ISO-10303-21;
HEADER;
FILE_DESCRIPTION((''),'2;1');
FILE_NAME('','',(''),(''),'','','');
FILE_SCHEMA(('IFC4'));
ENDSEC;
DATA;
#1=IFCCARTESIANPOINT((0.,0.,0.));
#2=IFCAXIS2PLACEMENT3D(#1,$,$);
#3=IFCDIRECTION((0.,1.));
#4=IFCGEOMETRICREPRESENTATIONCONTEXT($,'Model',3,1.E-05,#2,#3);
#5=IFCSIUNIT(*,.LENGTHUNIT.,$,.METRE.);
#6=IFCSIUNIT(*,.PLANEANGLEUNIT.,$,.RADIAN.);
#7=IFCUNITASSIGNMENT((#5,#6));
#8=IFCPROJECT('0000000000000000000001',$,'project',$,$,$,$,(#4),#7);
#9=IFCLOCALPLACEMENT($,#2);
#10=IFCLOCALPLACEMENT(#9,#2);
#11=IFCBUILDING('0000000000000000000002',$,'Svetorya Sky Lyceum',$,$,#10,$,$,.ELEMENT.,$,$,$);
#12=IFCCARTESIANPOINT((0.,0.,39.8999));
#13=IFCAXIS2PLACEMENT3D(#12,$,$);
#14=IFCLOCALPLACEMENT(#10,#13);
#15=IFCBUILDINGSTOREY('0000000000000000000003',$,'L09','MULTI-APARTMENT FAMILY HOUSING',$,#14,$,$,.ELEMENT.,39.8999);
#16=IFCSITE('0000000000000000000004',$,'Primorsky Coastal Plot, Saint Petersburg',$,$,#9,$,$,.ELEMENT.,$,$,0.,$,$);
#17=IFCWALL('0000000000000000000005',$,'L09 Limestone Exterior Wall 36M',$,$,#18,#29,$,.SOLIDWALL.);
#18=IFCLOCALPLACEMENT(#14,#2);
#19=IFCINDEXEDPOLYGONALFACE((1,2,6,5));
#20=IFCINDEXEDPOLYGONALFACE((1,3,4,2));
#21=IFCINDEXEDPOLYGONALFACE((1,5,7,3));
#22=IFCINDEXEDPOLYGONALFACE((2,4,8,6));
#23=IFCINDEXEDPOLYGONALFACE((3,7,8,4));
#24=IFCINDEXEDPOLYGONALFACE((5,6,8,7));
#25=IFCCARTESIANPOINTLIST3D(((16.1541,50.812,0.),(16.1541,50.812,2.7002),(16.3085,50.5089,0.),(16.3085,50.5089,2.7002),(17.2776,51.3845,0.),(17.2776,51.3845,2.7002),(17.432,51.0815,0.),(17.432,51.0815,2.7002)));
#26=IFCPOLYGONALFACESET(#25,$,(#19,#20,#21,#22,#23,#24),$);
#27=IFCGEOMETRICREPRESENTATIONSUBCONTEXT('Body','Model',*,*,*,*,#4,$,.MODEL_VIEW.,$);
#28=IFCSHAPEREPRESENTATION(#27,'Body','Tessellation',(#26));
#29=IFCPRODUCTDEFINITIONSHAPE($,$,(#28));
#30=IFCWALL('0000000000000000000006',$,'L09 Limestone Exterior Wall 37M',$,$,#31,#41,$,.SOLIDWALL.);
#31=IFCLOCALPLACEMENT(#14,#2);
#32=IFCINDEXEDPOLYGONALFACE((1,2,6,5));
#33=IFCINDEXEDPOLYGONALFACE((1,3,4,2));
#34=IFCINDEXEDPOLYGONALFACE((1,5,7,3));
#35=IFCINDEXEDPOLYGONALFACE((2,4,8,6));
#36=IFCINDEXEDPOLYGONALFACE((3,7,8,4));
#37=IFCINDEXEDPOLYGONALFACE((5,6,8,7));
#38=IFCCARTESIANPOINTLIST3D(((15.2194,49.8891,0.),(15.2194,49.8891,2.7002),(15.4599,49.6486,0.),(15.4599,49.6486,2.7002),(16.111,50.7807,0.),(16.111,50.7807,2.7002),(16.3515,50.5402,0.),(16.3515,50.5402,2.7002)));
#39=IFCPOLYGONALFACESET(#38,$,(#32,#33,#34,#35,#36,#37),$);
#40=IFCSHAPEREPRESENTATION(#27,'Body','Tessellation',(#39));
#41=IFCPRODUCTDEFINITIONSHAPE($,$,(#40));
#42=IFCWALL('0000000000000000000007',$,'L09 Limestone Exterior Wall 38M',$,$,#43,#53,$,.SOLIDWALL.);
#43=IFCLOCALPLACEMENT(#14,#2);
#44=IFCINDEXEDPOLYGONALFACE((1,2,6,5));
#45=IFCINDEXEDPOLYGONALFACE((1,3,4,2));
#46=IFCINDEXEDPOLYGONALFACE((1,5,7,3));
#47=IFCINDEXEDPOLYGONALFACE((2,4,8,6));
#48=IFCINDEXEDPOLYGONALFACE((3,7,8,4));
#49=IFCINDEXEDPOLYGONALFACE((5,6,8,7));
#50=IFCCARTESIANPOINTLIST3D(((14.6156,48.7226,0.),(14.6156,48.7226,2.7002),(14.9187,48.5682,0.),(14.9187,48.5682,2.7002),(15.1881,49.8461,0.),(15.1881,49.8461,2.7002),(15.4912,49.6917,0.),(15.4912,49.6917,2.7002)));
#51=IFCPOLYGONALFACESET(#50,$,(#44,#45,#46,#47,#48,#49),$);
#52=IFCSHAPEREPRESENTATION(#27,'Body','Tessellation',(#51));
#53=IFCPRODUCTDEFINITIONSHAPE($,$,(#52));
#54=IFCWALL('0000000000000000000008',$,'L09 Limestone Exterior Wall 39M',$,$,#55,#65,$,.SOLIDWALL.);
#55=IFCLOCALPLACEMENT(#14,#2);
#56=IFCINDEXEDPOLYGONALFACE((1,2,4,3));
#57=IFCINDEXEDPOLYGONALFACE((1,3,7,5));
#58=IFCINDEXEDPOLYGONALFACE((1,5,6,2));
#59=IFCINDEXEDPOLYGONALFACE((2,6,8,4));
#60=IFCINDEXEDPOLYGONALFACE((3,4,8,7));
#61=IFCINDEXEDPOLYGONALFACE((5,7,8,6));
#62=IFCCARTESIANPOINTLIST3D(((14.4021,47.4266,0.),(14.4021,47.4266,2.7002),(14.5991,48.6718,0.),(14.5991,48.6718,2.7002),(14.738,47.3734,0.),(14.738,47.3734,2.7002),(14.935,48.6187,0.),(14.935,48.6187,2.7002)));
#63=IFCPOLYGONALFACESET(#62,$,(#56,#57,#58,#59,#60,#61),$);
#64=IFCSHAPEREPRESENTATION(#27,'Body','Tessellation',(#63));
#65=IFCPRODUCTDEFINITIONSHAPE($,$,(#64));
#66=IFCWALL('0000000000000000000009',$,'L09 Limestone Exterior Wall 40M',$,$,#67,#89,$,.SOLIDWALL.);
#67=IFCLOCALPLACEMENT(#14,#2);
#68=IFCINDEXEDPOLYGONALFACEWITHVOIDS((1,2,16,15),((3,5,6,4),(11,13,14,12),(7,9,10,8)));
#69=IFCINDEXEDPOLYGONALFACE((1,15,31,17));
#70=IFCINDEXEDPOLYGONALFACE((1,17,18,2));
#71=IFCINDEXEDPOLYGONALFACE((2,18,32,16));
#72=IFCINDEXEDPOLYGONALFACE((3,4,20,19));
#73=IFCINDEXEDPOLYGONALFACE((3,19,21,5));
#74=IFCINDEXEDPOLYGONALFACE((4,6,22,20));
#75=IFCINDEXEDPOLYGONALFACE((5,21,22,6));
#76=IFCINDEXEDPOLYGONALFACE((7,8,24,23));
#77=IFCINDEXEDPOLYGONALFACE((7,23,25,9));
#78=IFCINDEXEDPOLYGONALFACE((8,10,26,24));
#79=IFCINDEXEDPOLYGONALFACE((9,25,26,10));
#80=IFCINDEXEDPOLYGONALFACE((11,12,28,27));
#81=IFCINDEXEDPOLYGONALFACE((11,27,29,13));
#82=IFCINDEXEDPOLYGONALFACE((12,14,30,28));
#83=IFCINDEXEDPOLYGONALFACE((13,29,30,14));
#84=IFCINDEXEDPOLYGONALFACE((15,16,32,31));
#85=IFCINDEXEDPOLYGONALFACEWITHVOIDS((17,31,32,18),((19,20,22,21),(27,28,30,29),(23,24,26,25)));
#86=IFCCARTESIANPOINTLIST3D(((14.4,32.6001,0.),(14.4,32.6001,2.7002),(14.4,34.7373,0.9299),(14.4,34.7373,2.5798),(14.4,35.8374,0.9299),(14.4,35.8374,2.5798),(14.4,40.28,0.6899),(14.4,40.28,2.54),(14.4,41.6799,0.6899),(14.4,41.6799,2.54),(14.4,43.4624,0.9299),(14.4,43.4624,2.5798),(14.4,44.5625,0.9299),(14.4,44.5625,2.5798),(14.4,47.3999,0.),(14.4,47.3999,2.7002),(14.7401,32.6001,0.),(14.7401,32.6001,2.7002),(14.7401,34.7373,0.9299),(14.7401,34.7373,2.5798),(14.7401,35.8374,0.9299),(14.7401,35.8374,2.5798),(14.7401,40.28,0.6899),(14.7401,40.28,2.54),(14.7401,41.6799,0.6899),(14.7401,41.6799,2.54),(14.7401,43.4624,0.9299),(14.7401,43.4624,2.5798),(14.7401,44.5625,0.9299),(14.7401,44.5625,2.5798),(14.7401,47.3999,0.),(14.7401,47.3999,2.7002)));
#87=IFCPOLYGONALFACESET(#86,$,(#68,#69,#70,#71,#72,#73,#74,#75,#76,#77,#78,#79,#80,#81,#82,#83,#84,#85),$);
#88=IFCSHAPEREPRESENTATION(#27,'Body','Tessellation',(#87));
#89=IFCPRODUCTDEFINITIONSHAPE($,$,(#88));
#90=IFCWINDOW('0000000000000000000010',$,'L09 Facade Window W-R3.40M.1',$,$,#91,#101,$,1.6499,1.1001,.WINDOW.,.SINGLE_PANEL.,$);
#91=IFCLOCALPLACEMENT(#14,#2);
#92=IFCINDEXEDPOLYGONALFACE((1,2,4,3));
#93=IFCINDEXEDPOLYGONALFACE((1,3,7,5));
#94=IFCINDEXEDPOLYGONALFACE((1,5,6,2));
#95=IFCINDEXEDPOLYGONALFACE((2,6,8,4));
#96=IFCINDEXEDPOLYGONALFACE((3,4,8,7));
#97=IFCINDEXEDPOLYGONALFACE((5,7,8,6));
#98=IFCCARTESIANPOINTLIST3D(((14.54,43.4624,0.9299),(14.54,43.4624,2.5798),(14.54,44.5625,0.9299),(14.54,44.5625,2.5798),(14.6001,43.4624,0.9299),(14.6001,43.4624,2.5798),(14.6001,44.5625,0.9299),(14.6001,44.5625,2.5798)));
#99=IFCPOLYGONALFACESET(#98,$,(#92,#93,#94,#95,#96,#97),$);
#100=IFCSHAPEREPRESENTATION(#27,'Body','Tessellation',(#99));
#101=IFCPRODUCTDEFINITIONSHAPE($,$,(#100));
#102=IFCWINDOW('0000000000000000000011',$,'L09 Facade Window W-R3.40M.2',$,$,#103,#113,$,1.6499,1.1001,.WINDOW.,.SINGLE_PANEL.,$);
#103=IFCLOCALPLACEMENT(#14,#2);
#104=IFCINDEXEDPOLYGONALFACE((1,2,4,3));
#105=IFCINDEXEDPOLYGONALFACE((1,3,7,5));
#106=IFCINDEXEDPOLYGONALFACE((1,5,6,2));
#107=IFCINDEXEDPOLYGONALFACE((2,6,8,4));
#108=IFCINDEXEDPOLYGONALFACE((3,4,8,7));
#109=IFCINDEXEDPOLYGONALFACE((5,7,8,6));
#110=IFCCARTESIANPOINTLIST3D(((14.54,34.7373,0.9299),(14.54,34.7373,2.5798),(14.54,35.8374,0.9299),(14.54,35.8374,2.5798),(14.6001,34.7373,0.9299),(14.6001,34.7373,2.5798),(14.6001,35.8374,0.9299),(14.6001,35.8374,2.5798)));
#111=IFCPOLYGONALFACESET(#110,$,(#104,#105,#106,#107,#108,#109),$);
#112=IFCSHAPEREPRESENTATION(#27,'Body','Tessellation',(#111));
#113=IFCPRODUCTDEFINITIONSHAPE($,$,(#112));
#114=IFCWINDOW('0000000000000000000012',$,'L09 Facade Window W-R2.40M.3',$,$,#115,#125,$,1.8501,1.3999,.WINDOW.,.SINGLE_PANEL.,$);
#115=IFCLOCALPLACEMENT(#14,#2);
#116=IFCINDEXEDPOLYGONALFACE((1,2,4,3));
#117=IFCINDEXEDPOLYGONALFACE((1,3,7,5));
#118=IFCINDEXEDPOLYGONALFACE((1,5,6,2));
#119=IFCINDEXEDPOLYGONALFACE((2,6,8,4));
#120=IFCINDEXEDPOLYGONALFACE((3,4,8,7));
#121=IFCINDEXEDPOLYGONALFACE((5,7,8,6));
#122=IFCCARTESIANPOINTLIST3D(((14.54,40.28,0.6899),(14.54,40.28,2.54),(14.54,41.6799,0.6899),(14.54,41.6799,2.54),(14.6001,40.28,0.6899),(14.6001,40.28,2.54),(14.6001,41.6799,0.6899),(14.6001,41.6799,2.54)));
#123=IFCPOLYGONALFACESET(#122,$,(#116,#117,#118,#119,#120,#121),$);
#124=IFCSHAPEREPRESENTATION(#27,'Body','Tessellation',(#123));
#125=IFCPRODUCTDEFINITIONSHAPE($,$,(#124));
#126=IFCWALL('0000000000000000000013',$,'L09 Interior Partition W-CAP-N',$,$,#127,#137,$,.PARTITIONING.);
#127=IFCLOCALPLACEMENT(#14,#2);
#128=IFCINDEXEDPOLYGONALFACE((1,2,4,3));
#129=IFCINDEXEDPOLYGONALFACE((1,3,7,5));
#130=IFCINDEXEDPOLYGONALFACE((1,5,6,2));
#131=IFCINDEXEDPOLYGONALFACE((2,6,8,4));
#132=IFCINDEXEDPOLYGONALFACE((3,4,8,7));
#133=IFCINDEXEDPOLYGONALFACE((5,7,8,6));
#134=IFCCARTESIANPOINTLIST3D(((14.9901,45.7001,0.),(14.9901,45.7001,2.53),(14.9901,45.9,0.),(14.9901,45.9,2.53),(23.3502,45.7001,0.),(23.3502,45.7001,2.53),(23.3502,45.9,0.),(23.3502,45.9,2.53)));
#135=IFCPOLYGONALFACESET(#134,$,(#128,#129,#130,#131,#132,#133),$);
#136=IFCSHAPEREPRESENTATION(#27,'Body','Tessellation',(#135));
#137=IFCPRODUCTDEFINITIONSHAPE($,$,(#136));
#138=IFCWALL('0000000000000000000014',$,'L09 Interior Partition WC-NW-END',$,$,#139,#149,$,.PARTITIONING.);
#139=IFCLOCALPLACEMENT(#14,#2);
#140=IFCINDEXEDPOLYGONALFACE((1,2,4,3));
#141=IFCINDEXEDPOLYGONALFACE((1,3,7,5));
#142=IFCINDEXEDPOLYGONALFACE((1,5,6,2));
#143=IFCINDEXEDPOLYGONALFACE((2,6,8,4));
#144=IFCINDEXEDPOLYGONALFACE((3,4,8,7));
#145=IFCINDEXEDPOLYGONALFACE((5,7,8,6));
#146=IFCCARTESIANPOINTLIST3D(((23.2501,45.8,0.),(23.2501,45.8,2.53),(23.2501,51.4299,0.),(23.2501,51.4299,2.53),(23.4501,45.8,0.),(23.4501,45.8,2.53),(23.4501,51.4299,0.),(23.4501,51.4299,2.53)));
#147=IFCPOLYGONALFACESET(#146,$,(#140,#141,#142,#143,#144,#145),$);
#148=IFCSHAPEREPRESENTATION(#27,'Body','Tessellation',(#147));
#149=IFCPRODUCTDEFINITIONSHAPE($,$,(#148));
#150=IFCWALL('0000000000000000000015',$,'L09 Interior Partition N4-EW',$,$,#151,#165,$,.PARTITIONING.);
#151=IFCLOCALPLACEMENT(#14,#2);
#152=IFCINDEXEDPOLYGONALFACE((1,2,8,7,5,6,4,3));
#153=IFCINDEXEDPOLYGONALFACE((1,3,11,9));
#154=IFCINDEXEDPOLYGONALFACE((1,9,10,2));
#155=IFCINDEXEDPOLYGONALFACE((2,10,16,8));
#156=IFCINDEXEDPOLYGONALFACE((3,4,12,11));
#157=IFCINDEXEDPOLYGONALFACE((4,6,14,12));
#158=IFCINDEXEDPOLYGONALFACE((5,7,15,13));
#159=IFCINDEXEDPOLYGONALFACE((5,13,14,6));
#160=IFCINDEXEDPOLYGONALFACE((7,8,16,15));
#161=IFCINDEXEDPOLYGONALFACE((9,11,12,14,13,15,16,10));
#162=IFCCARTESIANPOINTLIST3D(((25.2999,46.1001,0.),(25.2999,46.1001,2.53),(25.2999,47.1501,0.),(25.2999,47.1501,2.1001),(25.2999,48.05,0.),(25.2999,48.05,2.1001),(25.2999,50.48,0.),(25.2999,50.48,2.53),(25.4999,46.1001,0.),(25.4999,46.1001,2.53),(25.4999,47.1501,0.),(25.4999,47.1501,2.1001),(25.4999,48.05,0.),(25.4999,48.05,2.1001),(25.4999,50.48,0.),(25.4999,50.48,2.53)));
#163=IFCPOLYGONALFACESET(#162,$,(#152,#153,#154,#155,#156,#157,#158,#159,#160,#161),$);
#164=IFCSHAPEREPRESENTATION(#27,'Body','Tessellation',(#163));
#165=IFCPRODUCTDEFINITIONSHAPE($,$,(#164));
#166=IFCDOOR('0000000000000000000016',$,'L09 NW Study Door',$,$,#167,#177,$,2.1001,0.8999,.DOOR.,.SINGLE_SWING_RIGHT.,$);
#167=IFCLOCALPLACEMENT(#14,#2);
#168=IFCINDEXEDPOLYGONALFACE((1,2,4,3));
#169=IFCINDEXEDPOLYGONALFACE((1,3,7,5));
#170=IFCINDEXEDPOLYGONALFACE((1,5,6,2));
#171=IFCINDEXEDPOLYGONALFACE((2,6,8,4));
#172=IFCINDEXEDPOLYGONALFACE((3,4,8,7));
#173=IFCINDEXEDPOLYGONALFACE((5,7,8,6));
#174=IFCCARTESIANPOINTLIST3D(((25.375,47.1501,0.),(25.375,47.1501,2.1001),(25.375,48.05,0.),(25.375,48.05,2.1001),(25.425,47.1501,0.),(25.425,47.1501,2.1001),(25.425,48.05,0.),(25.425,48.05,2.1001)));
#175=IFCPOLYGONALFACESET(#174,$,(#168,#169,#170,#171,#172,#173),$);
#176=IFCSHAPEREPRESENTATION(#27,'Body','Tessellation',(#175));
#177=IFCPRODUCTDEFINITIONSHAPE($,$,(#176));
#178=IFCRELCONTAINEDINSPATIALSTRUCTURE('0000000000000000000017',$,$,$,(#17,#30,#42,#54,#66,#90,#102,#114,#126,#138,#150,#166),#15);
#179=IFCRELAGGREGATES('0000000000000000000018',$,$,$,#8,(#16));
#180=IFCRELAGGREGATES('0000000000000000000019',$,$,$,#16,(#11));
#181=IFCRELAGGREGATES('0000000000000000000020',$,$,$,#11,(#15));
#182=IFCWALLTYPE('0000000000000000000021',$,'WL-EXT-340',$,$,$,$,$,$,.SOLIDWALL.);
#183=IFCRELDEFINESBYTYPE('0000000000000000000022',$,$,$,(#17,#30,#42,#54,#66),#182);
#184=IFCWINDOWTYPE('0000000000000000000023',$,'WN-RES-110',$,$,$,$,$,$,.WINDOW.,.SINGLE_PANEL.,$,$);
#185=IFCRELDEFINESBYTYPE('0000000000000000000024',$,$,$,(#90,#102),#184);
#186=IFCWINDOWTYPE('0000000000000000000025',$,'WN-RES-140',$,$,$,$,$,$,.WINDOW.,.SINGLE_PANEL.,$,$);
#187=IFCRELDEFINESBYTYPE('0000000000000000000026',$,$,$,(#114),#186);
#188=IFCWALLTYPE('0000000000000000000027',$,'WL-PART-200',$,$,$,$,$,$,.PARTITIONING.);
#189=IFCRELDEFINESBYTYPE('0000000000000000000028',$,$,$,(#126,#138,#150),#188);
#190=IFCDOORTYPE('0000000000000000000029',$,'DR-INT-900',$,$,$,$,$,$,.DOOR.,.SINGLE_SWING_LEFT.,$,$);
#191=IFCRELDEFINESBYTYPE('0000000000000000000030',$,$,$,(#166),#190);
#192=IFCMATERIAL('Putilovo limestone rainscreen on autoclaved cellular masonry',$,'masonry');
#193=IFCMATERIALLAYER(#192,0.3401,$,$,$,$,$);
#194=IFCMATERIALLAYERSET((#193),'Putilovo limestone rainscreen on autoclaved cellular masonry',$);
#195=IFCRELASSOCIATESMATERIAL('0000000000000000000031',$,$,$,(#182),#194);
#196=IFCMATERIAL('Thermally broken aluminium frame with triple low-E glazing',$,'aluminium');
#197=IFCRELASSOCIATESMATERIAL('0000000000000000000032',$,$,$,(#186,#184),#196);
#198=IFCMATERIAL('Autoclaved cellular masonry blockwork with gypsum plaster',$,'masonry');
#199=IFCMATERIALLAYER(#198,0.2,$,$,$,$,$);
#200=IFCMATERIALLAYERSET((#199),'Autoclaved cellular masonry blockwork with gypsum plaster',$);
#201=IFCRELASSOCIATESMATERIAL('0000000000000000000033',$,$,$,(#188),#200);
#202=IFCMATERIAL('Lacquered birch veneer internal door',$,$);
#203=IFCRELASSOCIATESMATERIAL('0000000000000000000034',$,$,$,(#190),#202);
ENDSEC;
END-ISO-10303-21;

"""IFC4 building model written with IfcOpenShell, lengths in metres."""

from ifc_helpers import new_model, si_unit, direction, frame, frame_2d, origin, place, context, subcontext, project, spatial, rectangle, extrude, material, layer, layer_set, type_object, element, fill, save


model = new_model("IFC4")

# Units and contexts
model_context = context("Model", 3, precision=1e-05, world=origin(), true_north=direction((0.0, 1.0)))
body_context = subcontext(model_context, "Body", "Model", "MODEL_VIEW")
ifc_project = project(units=[si_unit("LENGTHUNIT", "METRE"), si_unit("PLANEANGLEUNIT", "RADIAN")], contexts=[model_context])

# Site, building, storey
site_placement = place(None, origin())
site = spatial("IfcSite", under=ifc_project, at=site_placement, Name="Primorsky Coastal Plot, Saint Petersburg", CompositionType="ELEMENT", RefElevation=0.0)
building_placement = place(site_placement, origin())
building = spatial("IfcBuilding", under=site, at=building_placement, Name="Svetorya Sky Lyceum", CompositionType="ELEMENT")
storey_placement = place(building_placement, frame((0.0, 0.0, 39.8999)))
storey = spatial("IfcBuildingStorey", under=building, at=storey_placement, Name="L09", Description="MULTI-APARTMENT FAMILY HOUSING", CompositionType="ELEMENT", Elevation=39.8999)

# Shared definitions
ifc_material_1 = material(Name="Putilovo limestone rainscreen on autoclaved cellular masonry", Category="masonry")
ifc_layer_1 = layer(ifc_material_1, 0.3401)
ifc_layer_set_1 = layer_set([ifc_layer_1], Name="Putilovo limestone rainscreen on autoclaved cellular masonry")
wall_type_1 = type_object("IfcWallType", Name="WL-EXT-340", PredefinedType="SOLIDWALL", material=ifc_layer_set_1)
ifc_material_2 = material(Name="Thermally broken aluminium frame with triple low-E glazing", Category="aluminium")
window_type_1 = type_object("IfcWindowType", Name="WN-RES-140", PartitioningType="SINGLE_PANEL", PredefinedType="WINDOW", material=ifc_material_2)

# Walls
for number, where, z_axis, x_axis, name in (
    (1, (17.3547, 51.2329, 0.0), (0.0, 0.0, 1.0), (-0.890994, -0.454016, 0.0), "L09 Limestone Exterior Wall 36M"),
    (2, (16.2312, 50.6604, 0.0), (0.0, 0.0, 1.0), (-0.707107, -0.707107, 0.0), "L09 Limestone Exterior Wall 37M"),
    (3, (15.3396, 49.7688, 0.0), (0.0, 0.0, 1.0), (-0.454016, -0.890994, 0.0), "L09 Limestone Exterior Wall 38M"),
):
    element("IfcWall", number, at=place(storey_placement, frame(where, z_axis=z_axis, x_axis=x_axis)), inside=storey, type_object=wall_type_1, Name=name, PredefinedType="SOLIDWALL", context=body_context, shape_type="SweptSolid", body=[
        extrude(rectangle(XDim=1.261, YDim=0.3401, at=frame_2d((0.6304, 0.0))), origin(), (0.0, 0.0, 1.0), 2.7002),
    ])
wall_1_placement = place(storey_placement, frame((14.7671, 48.6453, 0.0), z_axis=(0.0, 0.0, 1.0), x_axis=(-0.156261, -0.987716, 0.0)))
element("IfcWall", 4, at=wall_1_placement, inside=storey, type_object=wall_type_1, Name="L09 Limestone Exterior Wall 39M", PredefinedType="SOLIDWALL", context=body_context, shape_type="SweptSolid", body=[
    extrude(rectangle(XDim=1.2607, YDim=0.3401, at=frame_2d((0.6304, 0.0))), origin(), (0.0, 0.0, 1.0), 2.7002),
])

# Wall, openings, windows
wall_2_placement = place(storey_placement, frame((14.5701, 47.3999, 0.0), z_axis=(0.0, 0.0, 1.0), x_axis=(0.0, -1.0, 0.0)))
wall_2 = element("IfcWall", 5, at=wall_2_placement, inside=storey, type_object=wall_type_1, Name="L09 Limestone Exterior Wall 40M", PredefinedType="SOLIDWALL", context=body_context, shape_type="SweptSolid", body=[
    extrude(rectangle(XDim=14.7998, YDim=0.3401, at=frame_2d((7.3999, 0.0))), origin(), (0.0, 0.0, 1.0), 2.7002),
])
opening_1_placement = place(wall_2_placement, frame((2.8374, 0.0, 0.9299)))
opening_1 = element("IfcOpeningElement", 6, at=opening_1_placement, cuts=wall_2, PredefinedType="OPENING", context=body_context, shape_type="SweptSolid", body=[
    extrude(rectangle(XDim=1.1001, YDim=1.6499, at=frame_2d((0.55, 0.825))), frame((0.0, 0.1799, 0.0), z_axis=(0.0, -1.0, 0.0), x_axis=(1.0, 0.0, 0.0)), (0.0, 0.0, 1.0), 0.3601),
])
opening_2_placement = place(wall_2_placement, frame((5.72, 0.0, 0.6899)))
opening_2 = element("IfcOpeningElement", 7, at=opening_2_placement, cuts=wall_2, PredefinedType="OPENING", context=body_context, shape_type="SweptSolid", body=[
    extrude(rectangle(XDim=1.3999, YDim=1.8501, at=frame_2d((0.7, 0.925))), frame((0.0, 0.1799, 0.0), z_axis=(0.0, -1.0, 0.0), x_axis=(1.0, 0.0, 0.0)), (0.0, 0.0, 1.0), 0.3601),
])
opening_3_placement = place(wall_2_placement, frame((11.5625, 0.0, 0.9299)))
opening_3 = element("IfcOpeningElement", 8, at=opening_3_placement, cuts=wall_2, PredefinedType="OPENING", context=body_context, shape_type="SweptSolid", body=[
    extrude(rectangle(XDim=1.1001, YDim=1.6499, at=frame_2d((0.55, 0.825))), frame((0.0, 0.1799, 0.0), z_axis=(0.0, -1.0, 0.0), x_axis=(1.0, 0.0, 0.0)), (0.0, 0.0, 1.0), 0.3601),
])
window_type_2 = type_object("IfcWindowType", Name="WN-RES-110", PartitioningType="SINGLE_PANEL", PredefinedType="WINDOW", material=ifc_material_2)
window_1_placement = place(opening_1_placement, origin())
window_1 = element("IfcWindow", 9, at=window_1_placement, inside=storey, type_object=window_type_2, Name="L09 Facade Window W-R3.40M.1", OverallHeight=1.6499, OverallWidth=1.1001, PartitioningType="SINGLE_PANEL", PredefinedType="WINDOW", context=body_context, shape_type="SweptSolid", body=[
    extrude(rectangle(XDim=1.1001, YDim=1.6499, at=frame_2d((0.55, 0.825))), frame((0.0, 0.03, 0.0), z_axis=(0.0, -1.0, 0.0), x_axis=(1.0, 0.0, 0.0)), (0.0, 0.0, 1.0), 0.0601),
])
fill(opening_1, window_1)
window_2_placement = place(opening_3_placement, origin())
window_2 = element("IfcWindow", 10, at=window_2_placement, inside=storey, type_object=window_type_2, Name="L09 Facade Window W-R3.40M.2", OverallHeight=1.6499, OverallWidth=1.1001, PartitioningType="SINGLE_PANEL", PredefinedType="WINDOW", context=body_context, shape_type="SweptSolid", body=[
    extrude(rectangle(XDim=1.1001, YDim=1.6499, at=frame_2d((0.55, 0.825))), frame((0.0, 0.03, 0.0), z_axis=(0.0, -1.0, 0.0), x_axis=(1.0, 0.0, 0.0)), (0.0, 0.0, 1.0), 0.0601),
])
fill(opening_3, window_2)
window_3_placement = place(opening_2_placement, origin())
window_3 = element("IfcWindow", 11, at=window_3_placement, inside=storey, type_object=window_type_1, Name="L09 Facade Window W-R2.40M.3", OverallHeight=1.8501, OverallWidth=1.3999, PartitioningType="SINGLE_PANEL", PredefinedType="WINDOW", context=body_context, shape_type="SweptSolid", body=[
    extrude(rectangle(XDim=1.3999, YDim=1.8501, at=frame_2d((0.7, 0.925))), frame((0.0, 0.03, 0.0), z_axis=(0.0, -1.0, 0.0), x_axis=(1.0, 0.0, 0.0)), (0.0, 0.0, 1.0), 0.0601),
])
fill(opening_2, window_3)

# Walls
ifc_material_3 = material(Name="Autoclaved cellular masonry blockwork with gypsum plaster", Category="masonry")
ifc_layer_2 = layer(ifc_material_3, 0.2)
ifc_layer_set_2 = layer_set([ifc_layer_2], Name="Autoclaved cellular masonry blockwork with gypsum plaster")
wall_type_2 = type_object("IfcWallType", Name="WL-PART-200", PredefinedType="PARTITIONING", material=ifc_layer_set_2)
wall_3_placement = place(storey_placement, frame((14.99, 45.8, 0.0), z_axis=(0.0, 0.0, 1.0), x_axis=(1.0, 0.0, 0.0)))
element("IfcWall", 12, at=wall_3_placement, inside=storey, type_object=wall_type_2, Name="L09 Interior Partition W-CAP-N", PredefinedType="PARTITIONING", context=body_context, shape_type="SweptSolid", body=[
    extrude(rectangle(XDim=8.3601, YDim=0.2, at=frame_2d((4.1802, 0.0))), origin(), (0.0, 0.0, 1.0), 2.53),
])
wall_4_placement = place(storey_placement, frame((23.3501, 45.8, 0.0), z_axis=(0.0, 0.0, 1.0), x_axis=(0.0, 1.0, 0.0)))
element("IfcWall", 13, at=wall_4_placement, inside=storey, type_object=wall_type_2, Name="L09 Interior Partition WC-NW-END", PredefinedType="PARTITIONING", context=body_context, shape_type="SweptSolid", body=[
    extrude(rectangle(XDim=5.6299, YDim=0.2, at=frame_2d((2.8149, 0.0))), origin(), (0.0, 0.0, 1.0), 2.53),
])

# Wall, opening, door
wall_5_placement = place(storey_placement, frame((25.3999, 46.1001, 0.0), z_axis=(0.0, 0.0, 1.0), x_axis=(0.0, 1.0, 0.0)))
wall_5 = element("IfcWall", 14, at=wall_5_placement, inside=storey, type_object=wall_type_2, Name="L09 Interior Partition N4-EW", PredefinedType="PARTITIONING", context=body_context, shape_type="SweptSolid", body=[
    extrude(rectangle(XDim=4.3799, YDim=0.2, at=frame_2d((2.1899, 0.0))), origin(), (0.0, 0.0, 1.0), 2.53),
])
opening_4_placement = place(wall_5_placement, frame((1.05, 0.0, 0.0)))
opening_4 = element("IfcOpeningElement", 15, at=opening_4_placement, cuts=wall_5, PredefinedType="OPENING", context=body_context, shape_type="SweptSolid", body=[
    extrude(rectangle(XDim=0.8999, YDim=2.1001, at=frame_2d((0.45, 1.05))), frame((0.0, 0.1099, 0.0), z_axis=(0.0, -1.0, 0.0), x_axis=(1.0, 0.0, 0.0)), (0.0, 0.0, 1.0), 0.22),
])
ifc_material_4 = material(Name="Lacquered birch veneer internal door")
door_type = type_object("IfcDoorType", Name="DR-INT-900", OperationType="SINGLE_SWING_LEFT", PredefinedType="DOOR", material=ifc_material_4)
door_placement = place(opening_4_placement, origin())
door = element("IfcDoor", 16, at=door_placement, inside=storey, type_object=door_type, Name="L09 NW Study Door", OperationType="SINGLE_SWING_RIGHT", OverallHeight=2.1001, OverallWidth=0.8999, PredefinedType="DOOR", context=body_context, shape_type="SweptSolid", body=[
    extrude(rectangle(XDim=0.8999, YDim=2.1001, at=frame_2d((0.45, 1.05))), frame((0.0, 0.0249, 0.0), z_axis=(0.0, -1.0, 0.0), x_axis=(1.0, 0.0, 0.0)), (0.0, 0.0, 1.0), 0.05),
])
fill(opening_4, door)

save(model, "model.ifc")
